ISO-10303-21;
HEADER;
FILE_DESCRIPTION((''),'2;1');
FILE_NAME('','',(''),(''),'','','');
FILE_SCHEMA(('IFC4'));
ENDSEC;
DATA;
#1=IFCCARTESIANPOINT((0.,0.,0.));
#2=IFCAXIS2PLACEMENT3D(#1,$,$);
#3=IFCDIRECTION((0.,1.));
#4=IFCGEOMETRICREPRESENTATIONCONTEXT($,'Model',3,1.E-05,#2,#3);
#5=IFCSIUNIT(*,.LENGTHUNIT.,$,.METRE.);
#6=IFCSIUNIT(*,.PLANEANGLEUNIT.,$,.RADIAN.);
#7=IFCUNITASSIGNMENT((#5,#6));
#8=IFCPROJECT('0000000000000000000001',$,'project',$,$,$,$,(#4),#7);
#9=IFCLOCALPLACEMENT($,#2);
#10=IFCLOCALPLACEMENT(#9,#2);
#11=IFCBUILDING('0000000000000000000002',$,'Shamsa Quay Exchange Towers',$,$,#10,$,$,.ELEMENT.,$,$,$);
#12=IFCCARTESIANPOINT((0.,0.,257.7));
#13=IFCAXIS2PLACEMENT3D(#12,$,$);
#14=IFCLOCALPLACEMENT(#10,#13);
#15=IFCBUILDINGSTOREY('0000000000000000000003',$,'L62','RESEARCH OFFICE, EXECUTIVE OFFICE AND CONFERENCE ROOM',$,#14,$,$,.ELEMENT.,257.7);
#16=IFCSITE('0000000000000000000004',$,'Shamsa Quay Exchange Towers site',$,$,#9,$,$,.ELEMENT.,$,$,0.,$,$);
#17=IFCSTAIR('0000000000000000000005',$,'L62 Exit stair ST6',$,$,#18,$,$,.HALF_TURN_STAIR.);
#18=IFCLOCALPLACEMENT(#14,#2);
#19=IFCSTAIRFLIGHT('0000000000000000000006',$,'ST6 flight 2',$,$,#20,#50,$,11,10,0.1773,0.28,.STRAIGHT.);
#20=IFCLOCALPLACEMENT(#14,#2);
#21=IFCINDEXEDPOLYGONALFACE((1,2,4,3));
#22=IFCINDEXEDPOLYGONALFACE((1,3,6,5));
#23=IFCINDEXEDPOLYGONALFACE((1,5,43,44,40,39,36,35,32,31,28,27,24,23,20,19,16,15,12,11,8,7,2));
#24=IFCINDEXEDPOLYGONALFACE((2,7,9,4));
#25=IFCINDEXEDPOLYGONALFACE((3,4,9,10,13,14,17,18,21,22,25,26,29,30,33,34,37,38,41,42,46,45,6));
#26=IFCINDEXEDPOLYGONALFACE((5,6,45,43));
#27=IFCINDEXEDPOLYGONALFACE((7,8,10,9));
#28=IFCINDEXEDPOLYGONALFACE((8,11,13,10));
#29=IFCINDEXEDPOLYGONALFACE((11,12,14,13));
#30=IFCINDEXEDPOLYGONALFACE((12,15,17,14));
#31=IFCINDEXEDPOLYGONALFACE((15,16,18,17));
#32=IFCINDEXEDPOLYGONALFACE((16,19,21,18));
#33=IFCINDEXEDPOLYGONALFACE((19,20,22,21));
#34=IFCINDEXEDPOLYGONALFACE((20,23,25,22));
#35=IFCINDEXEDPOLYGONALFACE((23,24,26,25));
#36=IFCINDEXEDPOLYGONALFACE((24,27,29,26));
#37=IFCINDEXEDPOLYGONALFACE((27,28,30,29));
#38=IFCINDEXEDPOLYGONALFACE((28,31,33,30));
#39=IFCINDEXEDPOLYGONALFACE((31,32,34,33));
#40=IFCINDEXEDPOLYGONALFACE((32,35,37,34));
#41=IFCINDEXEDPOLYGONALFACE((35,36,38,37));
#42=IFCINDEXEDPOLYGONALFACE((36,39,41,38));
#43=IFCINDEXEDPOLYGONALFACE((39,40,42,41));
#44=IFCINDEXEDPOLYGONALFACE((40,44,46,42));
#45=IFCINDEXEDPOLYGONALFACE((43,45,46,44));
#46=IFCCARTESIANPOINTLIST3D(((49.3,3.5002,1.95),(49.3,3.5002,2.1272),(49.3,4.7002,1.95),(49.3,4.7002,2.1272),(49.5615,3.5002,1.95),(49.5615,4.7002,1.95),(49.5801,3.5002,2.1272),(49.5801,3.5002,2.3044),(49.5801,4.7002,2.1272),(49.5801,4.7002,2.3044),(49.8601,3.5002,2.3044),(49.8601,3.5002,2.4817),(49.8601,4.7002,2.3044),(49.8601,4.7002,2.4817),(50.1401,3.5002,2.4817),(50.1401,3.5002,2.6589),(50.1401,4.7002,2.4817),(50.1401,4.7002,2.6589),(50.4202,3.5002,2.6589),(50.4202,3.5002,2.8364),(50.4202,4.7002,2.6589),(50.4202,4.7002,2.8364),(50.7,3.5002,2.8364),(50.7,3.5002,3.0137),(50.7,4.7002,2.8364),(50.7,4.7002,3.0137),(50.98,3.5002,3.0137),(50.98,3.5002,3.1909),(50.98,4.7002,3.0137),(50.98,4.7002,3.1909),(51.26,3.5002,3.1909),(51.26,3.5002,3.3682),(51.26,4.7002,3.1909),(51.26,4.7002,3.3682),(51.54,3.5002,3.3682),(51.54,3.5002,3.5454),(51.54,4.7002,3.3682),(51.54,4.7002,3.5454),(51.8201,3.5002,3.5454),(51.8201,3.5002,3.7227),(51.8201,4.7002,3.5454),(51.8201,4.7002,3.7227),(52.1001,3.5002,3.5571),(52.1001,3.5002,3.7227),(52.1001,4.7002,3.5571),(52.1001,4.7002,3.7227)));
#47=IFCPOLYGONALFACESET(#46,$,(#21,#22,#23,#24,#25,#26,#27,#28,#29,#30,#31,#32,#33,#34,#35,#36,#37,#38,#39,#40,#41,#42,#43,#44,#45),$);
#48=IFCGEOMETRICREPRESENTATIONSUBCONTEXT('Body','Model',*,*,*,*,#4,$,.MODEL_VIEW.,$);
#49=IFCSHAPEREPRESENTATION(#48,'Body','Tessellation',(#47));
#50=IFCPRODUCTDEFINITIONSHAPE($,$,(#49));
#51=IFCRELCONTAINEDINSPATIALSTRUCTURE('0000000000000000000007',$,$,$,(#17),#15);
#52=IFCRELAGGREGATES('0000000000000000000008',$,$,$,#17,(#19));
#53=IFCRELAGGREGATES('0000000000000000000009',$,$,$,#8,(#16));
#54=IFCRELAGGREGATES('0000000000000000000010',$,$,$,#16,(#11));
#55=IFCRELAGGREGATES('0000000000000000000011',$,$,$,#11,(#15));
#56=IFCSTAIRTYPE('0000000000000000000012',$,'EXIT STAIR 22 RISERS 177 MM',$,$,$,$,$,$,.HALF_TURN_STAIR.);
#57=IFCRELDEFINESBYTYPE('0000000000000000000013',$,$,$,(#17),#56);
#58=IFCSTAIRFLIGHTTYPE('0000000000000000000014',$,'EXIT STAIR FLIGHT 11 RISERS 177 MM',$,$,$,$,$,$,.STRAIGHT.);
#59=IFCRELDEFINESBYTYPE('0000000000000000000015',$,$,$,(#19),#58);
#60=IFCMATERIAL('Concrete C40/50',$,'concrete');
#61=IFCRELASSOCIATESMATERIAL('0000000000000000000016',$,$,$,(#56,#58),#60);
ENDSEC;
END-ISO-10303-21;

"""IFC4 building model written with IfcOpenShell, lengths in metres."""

from ifc_helpers import new_model, si_unit, direction, frame, origin, place, context, subcontext, project, spatial, polyline, outline, extrude, material, type_object, element, aggregate, save


model = new_model("IFC4")

# Units and contexts
model_context = context("Model", 3, precision=1e-05, world=origin(), true_north=direction((0.0, 1.0)))
body_context = subcontext(model_context, "Body", "Model", "MODEL_VIEW")
ifc_project = project(units=[si_unit("LENGTHUNIT", "METRE"), si_unit("PLANEANGLEUNIT", "RADIAN")], contexts=[model_context])

# Site, building, storey
site_placement = place(None, origin())
site = spatial("IfcSite", under=ifc_project, at=site_placement, Name="Shamsa Quay Exchange Towers site", CompositionType="ELEMENT", RefElevation=0.0)
building_placement = place(site_placement, origin())
building = spatial("IfcBuilding", under=site, at=building_placement, Name="Shamsa Quay Exchange Towers", CompositionType="ELEMENT")
storey_placement = place(building_placement, frame((0.0, 0.0, 257.7)))
storey = spatial("IfcBuildingStorey", under=building, at=storey_placement, Name="L62", Description="RESEARCH OFFICE, EXECUTIVE OFFICE AND CONFERENCE ROOM", CompositionType="ELEMENT", Elevation=257.7)

# Stair, stair flight
ifc_material_1 = material(Name="Concrete C40/50", Category="concrete")
stair_type = type_object("IfcStairType", Name="EXIT STAIR 22 RISERS 177 MM", PredefinedType="HALF_TURN_STAIR", material=ifc_material_1)
stair_placement = place(storey_placement, origin())
stair = element("IfcStair", 1, at=stair_placement, inside=storey, type_object=stair_type, Name="L62 Exit stair ST6", PredefinedType="HALF_TURN_STAIR")
stair_flight_type = type_object("IfcStairFlightType", Name="EXIT STAIR FLIGHT 11 RISERS 177 MM", PredefinedType="STRAIGHT", material=ifc_material_1)
stair_flight_1_placement = place(storey_placement, frame((49.3, 4.1001, 1.95)))
stair_flight_1 = element("IfcStairFlight", 2, at=stair_flight_1_placement, type_object=stair_flight_type, Name="ST6 flight 2", NumberOfRisers=11, NumberOfTreads=10, PredefinedType="STRAIGHT", RiserHeight=0.1773, TreadLength=0.28, context=body_context, shape_type="SweptSolid", body=[
    extrude(outline(polyline([(0.0, 0.0), (0.0, 0.1772), (0.28, 0.1772), (0.28, 0.3545), (0.5601, 0.3545), (0.5601, 0.5317), (0.8401, 0.5317), (0.8401, 0.709), (1.1201, 0.709), (1.1201, 0.8865), (1.3999, 0.8865), (1.3999, 1.0637), (1.6799, 1.0637), (1.6799, 1.241), (1.96, 1.241), (1.96, 1.4182), (2.24, 1.4182), (2.24, 1.5955), (2.52, 1.5955), (2.52, 1.7727), (2.8, 1.7727), (2.8, 1.95), (2.8, 1.6072), (0.2615, 0.0), (0.0, 0.0)])), frame((0.0, 0.6001, 0.0), z_axis=(0.0, -1.0, 0.0), x_axis=(1.0, 0.0, 0.0)), (0.0, 0.0, 1.0), 1.2),
])
aggregate(stair, [stair_flight_1])

save(model, "model.ifc")
